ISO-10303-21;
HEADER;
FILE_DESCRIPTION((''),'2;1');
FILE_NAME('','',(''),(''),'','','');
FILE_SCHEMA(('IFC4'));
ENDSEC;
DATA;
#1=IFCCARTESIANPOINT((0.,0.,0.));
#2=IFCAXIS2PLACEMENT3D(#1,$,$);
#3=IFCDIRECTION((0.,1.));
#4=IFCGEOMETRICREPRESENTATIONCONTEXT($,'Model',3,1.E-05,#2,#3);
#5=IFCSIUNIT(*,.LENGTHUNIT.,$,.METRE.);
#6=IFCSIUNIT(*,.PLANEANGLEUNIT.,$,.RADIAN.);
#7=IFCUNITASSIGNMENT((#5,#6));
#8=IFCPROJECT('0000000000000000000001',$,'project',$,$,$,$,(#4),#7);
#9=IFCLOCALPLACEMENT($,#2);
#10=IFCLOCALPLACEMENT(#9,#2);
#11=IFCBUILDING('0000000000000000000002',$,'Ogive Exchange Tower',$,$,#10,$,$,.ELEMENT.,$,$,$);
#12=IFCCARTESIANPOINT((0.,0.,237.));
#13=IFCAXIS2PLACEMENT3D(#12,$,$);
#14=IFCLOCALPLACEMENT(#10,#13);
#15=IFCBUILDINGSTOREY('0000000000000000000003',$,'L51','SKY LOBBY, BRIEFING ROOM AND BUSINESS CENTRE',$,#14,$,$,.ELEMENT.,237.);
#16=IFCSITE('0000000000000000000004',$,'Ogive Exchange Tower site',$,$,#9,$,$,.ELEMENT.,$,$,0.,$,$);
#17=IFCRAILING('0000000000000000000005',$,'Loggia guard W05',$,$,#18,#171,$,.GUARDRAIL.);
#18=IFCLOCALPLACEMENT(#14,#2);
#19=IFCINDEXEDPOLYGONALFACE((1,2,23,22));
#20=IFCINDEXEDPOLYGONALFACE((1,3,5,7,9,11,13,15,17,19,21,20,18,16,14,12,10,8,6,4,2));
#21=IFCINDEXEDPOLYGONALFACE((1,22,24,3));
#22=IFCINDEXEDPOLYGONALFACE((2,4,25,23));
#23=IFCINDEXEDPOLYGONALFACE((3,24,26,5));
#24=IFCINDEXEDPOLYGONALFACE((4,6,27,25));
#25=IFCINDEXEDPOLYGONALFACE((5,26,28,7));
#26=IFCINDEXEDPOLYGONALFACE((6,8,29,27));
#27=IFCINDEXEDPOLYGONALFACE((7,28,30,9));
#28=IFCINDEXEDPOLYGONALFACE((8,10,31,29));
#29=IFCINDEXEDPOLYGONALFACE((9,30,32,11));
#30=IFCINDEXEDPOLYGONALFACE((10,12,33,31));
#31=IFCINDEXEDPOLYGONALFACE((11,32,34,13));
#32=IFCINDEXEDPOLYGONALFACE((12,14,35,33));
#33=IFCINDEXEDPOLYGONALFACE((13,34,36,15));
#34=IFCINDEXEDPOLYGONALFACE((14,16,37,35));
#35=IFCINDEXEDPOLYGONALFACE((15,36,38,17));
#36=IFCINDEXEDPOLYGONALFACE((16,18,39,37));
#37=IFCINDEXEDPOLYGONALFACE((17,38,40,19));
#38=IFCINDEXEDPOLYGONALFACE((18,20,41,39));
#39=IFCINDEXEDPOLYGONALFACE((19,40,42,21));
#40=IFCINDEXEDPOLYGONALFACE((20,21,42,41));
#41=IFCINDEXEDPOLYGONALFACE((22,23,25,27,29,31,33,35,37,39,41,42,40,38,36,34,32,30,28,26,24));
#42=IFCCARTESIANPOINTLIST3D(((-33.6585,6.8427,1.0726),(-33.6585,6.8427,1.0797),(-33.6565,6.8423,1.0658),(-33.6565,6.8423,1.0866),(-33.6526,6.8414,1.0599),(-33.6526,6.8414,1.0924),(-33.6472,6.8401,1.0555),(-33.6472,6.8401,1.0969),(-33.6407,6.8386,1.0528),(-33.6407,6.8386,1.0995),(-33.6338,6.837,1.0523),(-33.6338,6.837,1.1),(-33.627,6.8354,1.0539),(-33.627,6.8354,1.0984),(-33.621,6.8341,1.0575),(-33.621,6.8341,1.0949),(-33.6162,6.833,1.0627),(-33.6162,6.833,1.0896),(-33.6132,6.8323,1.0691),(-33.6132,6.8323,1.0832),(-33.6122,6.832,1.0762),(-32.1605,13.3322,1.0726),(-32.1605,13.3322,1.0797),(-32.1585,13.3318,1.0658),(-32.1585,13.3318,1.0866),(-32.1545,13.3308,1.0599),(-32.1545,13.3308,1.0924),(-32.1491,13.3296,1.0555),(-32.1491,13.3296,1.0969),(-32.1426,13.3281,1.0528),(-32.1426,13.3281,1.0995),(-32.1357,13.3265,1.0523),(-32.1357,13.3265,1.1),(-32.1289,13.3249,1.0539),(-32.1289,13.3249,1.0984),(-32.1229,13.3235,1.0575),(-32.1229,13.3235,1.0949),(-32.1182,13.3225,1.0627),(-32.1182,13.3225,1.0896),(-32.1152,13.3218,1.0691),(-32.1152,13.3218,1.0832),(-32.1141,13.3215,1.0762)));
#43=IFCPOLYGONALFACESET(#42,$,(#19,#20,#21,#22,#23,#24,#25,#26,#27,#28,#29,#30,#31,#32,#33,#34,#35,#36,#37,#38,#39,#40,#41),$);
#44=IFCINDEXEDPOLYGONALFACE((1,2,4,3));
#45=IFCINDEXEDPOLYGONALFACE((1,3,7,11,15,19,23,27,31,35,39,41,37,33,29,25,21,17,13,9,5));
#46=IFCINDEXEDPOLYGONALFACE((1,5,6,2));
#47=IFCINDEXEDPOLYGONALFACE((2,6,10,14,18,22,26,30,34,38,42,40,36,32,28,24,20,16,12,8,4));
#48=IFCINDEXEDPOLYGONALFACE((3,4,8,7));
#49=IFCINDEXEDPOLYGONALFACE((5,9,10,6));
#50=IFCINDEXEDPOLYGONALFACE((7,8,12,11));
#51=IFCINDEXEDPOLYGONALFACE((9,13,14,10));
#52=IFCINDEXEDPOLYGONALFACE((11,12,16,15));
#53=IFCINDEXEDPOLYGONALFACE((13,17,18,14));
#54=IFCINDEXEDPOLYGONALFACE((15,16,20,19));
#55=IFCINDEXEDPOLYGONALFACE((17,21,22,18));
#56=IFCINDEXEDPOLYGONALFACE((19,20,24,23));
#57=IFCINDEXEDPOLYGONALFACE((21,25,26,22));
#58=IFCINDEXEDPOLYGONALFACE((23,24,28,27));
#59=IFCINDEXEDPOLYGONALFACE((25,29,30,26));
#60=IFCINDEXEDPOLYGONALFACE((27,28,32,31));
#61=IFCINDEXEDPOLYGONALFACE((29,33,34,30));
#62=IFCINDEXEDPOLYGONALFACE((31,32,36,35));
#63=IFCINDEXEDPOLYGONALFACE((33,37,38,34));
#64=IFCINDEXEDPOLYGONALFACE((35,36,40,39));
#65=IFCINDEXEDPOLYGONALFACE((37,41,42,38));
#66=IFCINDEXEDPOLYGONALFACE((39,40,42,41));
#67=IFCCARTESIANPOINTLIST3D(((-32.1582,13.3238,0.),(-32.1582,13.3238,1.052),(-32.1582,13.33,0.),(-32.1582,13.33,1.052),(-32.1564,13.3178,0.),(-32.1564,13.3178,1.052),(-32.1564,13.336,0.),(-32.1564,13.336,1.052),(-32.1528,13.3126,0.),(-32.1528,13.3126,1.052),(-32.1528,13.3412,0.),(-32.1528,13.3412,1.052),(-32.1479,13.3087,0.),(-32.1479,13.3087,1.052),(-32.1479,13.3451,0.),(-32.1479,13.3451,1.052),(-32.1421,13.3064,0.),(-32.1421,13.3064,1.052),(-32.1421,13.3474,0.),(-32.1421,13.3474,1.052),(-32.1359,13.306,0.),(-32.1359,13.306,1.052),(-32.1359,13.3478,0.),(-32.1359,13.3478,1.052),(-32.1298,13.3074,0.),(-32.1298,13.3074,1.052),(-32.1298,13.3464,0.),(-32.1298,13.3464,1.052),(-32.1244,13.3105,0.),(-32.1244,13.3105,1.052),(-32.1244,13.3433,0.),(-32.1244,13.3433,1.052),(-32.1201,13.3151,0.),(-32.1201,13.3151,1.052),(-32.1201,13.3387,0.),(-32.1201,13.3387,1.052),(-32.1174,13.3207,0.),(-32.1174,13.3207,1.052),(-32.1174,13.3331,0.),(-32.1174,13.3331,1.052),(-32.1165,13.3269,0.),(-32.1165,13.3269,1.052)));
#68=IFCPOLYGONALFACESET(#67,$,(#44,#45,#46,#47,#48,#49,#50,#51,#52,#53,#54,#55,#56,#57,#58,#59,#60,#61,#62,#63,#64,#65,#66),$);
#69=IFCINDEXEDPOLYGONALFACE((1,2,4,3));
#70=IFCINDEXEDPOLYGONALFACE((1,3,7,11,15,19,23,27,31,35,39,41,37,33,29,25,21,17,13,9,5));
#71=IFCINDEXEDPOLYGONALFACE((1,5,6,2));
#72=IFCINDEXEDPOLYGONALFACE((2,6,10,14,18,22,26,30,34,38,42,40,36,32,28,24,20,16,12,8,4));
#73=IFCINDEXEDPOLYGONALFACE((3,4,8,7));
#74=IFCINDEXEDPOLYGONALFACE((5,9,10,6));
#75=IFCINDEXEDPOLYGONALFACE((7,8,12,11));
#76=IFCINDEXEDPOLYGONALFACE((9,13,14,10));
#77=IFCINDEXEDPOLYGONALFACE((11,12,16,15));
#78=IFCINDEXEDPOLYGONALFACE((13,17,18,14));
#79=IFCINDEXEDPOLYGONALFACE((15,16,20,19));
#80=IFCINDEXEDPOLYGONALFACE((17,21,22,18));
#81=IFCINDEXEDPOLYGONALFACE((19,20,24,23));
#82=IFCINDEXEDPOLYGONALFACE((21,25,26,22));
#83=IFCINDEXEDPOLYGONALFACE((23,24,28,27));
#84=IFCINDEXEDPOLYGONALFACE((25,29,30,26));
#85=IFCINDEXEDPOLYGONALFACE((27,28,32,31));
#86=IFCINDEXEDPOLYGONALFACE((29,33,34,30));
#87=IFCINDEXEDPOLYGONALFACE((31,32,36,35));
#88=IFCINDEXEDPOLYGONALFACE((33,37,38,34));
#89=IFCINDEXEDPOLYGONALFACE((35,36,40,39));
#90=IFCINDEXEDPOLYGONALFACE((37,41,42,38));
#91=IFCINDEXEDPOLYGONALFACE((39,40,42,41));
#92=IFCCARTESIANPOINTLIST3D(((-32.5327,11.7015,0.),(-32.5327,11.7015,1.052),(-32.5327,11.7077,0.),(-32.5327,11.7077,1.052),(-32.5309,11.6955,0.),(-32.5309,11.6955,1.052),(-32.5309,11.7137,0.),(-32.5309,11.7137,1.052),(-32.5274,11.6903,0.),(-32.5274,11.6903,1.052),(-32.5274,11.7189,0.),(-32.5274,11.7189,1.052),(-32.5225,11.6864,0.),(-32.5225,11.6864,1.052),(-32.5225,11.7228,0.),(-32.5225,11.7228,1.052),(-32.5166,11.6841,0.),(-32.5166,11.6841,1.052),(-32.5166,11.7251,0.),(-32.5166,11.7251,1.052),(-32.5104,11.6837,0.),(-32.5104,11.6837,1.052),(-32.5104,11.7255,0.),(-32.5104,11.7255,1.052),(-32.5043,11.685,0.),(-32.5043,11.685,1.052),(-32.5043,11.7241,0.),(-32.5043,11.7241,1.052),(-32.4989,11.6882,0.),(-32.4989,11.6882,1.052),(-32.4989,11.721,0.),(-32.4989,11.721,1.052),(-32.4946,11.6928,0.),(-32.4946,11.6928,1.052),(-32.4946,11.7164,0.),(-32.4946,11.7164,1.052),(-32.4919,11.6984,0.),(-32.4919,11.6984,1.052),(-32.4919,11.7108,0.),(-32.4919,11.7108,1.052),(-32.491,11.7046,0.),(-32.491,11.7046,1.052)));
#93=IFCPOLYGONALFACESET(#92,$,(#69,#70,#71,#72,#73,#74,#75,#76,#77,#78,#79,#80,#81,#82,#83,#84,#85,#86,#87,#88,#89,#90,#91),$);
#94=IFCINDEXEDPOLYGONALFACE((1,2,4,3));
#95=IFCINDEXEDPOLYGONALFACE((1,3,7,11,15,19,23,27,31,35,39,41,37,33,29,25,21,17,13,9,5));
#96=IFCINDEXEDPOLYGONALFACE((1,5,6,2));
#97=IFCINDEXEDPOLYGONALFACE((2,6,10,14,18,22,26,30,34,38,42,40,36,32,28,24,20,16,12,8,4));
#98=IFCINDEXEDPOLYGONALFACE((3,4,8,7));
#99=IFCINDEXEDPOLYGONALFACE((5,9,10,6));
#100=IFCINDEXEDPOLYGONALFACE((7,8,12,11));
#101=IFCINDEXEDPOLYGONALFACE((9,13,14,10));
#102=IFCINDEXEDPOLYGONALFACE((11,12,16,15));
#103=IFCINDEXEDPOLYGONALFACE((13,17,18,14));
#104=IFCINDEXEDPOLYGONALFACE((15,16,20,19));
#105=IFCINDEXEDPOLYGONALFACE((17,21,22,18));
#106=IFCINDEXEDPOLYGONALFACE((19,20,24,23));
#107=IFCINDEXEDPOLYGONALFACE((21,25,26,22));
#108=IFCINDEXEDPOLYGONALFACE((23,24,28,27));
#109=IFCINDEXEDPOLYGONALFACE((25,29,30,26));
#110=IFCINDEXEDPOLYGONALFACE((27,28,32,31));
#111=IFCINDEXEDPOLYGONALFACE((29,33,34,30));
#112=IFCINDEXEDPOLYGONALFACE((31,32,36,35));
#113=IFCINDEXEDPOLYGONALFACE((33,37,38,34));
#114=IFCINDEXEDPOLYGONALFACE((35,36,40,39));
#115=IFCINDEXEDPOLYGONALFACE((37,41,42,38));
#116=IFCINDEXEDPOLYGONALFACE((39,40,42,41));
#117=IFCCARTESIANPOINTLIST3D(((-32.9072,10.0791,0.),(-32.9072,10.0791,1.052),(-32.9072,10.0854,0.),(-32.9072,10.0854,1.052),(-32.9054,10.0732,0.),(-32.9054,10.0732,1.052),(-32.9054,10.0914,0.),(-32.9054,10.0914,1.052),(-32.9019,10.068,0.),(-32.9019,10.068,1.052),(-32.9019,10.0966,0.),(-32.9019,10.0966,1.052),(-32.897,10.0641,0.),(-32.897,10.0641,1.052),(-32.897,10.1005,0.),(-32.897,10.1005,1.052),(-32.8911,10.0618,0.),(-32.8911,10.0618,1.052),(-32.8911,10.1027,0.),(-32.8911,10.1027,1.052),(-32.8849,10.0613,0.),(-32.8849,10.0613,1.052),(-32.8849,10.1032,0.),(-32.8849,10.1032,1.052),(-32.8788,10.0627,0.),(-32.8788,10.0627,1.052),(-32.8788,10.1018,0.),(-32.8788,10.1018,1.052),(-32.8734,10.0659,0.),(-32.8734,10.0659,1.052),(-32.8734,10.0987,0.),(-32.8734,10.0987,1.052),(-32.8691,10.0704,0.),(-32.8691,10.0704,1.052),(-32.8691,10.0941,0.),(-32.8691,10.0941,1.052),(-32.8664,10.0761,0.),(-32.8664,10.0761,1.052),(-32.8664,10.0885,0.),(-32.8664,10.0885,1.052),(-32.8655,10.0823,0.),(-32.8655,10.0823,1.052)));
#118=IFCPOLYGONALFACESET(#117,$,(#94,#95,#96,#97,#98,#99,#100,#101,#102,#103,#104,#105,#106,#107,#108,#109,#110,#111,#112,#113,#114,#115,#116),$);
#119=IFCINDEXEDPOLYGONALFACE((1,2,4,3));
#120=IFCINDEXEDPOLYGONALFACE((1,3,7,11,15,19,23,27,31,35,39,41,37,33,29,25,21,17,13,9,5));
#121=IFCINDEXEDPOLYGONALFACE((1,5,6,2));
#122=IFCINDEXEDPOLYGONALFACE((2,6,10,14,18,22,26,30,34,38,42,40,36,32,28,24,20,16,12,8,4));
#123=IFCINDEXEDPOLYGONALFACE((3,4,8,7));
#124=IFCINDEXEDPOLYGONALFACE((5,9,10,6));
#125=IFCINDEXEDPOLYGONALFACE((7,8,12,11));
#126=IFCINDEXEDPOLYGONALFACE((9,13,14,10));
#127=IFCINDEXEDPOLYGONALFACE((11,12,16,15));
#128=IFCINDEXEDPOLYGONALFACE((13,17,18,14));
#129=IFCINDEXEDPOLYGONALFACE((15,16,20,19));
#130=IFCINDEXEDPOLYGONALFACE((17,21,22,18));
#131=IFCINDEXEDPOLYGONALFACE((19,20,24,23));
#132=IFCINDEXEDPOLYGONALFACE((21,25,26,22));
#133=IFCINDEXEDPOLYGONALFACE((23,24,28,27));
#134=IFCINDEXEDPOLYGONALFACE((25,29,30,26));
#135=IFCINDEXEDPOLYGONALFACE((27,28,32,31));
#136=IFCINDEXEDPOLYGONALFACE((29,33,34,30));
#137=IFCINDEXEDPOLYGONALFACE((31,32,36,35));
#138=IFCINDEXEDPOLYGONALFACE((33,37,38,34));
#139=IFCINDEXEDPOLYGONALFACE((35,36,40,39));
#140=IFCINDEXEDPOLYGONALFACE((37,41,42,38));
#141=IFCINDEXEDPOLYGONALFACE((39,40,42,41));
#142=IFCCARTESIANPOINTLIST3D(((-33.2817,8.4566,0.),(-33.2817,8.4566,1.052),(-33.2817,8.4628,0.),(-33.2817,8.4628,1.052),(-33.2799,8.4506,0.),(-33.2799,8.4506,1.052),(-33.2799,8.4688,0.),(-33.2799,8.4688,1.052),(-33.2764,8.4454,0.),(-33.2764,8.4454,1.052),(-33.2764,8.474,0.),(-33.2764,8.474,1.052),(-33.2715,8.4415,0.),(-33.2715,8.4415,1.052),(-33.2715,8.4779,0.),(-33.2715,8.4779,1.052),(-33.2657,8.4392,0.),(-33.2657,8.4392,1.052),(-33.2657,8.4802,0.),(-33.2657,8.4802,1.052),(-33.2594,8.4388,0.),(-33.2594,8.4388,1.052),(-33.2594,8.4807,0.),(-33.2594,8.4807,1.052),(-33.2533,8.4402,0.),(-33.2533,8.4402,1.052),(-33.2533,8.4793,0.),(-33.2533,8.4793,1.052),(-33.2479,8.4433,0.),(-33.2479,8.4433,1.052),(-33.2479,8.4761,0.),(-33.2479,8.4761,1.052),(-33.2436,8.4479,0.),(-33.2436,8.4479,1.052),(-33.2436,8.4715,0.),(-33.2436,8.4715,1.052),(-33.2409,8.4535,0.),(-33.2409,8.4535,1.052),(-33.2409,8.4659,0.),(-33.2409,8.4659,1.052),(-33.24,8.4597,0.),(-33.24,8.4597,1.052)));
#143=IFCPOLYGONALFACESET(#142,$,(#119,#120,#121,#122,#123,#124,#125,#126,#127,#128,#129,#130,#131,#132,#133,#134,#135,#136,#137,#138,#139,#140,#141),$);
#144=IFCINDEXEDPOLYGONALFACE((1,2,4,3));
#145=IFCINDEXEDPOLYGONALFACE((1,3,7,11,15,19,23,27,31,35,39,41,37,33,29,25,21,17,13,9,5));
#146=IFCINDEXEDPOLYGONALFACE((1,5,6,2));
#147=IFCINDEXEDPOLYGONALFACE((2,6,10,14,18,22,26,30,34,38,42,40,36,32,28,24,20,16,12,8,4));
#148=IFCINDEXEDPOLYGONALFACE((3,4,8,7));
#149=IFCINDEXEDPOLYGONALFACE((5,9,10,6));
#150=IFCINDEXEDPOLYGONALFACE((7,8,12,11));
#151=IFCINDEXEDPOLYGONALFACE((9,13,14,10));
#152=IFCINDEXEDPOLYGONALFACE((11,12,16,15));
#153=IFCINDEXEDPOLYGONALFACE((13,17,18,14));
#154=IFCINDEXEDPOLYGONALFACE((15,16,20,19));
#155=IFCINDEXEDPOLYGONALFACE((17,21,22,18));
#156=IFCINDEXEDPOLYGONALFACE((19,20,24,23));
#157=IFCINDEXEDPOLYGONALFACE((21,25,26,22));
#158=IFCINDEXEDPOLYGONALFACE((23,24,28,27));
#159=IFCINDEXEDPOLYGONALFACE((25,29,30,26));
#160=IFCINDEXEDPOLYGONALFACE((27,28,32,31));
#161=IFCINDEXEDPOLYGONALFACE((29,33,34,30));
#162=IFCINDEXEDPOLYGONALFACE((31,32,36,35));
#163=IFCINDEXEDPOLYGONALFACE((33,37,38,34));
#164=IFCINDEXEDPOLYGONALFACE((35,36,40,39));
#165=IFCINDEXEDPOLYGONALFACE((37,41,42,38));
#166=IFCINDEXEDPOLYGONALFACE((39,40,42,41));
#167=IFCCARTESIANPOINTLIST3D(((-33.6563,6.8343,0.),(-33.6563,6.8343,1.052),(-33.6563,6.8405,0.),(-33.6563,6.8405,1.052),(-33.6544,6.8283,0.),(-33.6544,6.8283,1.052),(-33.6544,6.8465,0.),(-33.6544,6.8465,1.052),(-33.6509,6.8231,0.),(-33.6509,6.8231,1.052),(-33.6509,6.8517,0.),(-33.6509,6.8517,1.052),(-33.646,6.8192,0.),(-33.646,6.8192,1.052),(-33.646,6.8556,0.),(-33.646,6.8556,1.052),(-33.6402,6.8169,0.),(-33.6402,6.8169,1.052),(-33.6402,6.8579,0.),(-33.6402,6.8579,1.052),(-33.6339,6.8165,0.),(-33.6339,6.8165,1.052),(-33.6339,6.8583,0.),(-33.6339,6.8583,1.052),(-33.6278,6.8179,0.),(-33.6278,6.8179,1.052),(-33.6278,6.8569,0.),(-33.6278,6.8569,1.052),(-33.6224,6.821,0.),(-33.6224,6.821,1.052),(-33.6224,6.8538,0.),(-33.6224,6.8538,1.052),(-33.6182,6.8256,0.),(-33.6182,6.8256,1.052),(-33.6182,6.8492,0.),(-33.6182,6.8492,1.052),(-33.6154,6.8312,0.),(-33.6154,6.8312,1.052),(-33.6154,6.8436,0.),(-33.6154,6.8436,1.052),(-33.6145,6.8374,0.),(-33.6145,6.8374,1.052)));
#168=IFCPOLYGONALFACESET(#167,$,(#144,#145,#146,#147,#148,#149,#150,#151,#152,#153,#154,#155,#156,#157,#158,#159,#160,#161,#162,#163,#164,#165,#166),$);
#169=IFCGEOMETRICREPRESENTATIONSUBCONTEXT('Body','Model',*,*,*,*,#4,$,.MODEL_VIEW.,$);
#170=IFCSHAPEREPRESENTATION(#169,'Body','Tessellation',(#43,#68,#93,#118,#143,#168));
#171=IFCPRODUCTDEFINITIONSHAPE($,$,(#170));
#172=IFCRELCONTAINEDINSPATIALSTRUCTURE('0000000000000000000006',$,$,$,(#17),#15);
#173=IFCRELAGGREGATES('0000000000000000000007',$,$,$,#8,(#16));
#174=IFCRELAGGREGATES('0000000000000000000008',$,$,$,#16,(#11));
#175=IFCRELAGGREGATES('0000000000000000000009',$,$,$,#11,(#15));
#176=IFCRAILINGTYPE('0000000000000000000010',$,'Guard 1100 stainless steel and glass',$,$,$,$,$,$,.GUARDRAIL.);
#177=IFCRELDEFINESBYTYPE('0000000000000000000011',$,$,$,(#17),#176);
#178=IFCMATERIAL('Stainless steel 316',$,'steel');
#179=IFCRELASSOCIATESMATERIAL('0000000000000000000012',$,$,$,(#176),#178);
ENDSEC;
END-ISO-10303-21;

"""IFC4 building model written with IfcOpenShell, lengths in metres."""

from ifc_helpers import new_model, si_unit, direction, frame, origin, origin_2d, place, context, subcontext, project, spatial, circle, extrude, material, type_object, element, save


model = new_model("IFC4")

# Units and contexts
model_context = context("Model", 3, precision=1e-05, world=origin(), true_north=direction((0.0, 1.0)))
body_context = subcontext(model_context, "Body", "Model", "MODEL_VIEW")
ifc_project = project(units=[si_unit("LENGTHUNIT", "METRE"), si_unit("PLANEANGLEUNIT", "RADIAN")], contexts=[model_context])

# Site, building, storey
site_placement = place(None, origin())
site = spatial("IfcSite", under=ifc_project, at=site_placement, Name="Ogive Exchange Tower site", CompositionType="ELEMENT", RefElevation=0.0)
building_placement = place(site_placement, origin())
building = spatial("IfcBuilding", under=site, at=building_placement, Name="Ogive Exchange Tower", CompositionType="ELEMENT")
storey_placement = place(building_placement, frame((0.0, 0.0, 237.0)))
storey = spatial("IfcBuildingStorey", under=building, at=storey_placement, Name="L51", Description="SKY LOBBY, BRIEFING ROOM AND BUSINESS CENTRE", CompositionType="ELEMENT", Elevation=237.0)

# Railing
ifc_material_1 = material(Name="Stainless steel 316", Category="steel")
railing_type_1 = type_object("IfcRailingType", Name="Guard 1100 stainless steel and glass", PredefinedType="GUARDRAIL", material=ifc_material_1)
for number, where, name in (
    (1, (-32.1375, 13.3269, 0.0), "Loggia guard W05"),
):
    element("IfcRailing", number, at=place(storey_placement, frame(where)), inside=storey, type_object=railing_type_1, Name=name, PredefinedType="GUARDRAIL", context=body_context, shape_type="SweptSolid", body=[
        extrude(circle(Radius=0.0239, at=origin_2d()), frame((0.0, 0.0, 1.0762), z_axis=(-0.224926, -0.974376, 0.0), x_axis=(0.974376, -0.224926, 0.0)), (0.0, 0.0, 1.0), 6.6602),
        extrude(circle(Radius=0.021, at=origin_2d()), origin(), (0.0, 0.0, 1.0), 1.052),
        extrude(circle(Radius=0.021, at=origin_2d()), frame((-0.3745, -1.6223, 0.0)), (0.0, 0.0, 1.0), 1.052),
        extrude(circle(Radius=0.021, at=origin_2d()), frame((-0.749, -3.2446, 0.0)), (0.0, 0.0, 1.0), 1.052),
        extrude(circle(Radius=0.021, at=origin_2d()), frame((-1.1235, -4.8672, 0.0)), (0.0, 0.0, 1.0), 1.052),
        extrude(circle(Radius=0.021, at=origin_2d()), frame((-1.498, -6.4895, 0.0)), (0.0, 0.0, 1.0), 1.052),
    ])

save(model, "model.ifc")
